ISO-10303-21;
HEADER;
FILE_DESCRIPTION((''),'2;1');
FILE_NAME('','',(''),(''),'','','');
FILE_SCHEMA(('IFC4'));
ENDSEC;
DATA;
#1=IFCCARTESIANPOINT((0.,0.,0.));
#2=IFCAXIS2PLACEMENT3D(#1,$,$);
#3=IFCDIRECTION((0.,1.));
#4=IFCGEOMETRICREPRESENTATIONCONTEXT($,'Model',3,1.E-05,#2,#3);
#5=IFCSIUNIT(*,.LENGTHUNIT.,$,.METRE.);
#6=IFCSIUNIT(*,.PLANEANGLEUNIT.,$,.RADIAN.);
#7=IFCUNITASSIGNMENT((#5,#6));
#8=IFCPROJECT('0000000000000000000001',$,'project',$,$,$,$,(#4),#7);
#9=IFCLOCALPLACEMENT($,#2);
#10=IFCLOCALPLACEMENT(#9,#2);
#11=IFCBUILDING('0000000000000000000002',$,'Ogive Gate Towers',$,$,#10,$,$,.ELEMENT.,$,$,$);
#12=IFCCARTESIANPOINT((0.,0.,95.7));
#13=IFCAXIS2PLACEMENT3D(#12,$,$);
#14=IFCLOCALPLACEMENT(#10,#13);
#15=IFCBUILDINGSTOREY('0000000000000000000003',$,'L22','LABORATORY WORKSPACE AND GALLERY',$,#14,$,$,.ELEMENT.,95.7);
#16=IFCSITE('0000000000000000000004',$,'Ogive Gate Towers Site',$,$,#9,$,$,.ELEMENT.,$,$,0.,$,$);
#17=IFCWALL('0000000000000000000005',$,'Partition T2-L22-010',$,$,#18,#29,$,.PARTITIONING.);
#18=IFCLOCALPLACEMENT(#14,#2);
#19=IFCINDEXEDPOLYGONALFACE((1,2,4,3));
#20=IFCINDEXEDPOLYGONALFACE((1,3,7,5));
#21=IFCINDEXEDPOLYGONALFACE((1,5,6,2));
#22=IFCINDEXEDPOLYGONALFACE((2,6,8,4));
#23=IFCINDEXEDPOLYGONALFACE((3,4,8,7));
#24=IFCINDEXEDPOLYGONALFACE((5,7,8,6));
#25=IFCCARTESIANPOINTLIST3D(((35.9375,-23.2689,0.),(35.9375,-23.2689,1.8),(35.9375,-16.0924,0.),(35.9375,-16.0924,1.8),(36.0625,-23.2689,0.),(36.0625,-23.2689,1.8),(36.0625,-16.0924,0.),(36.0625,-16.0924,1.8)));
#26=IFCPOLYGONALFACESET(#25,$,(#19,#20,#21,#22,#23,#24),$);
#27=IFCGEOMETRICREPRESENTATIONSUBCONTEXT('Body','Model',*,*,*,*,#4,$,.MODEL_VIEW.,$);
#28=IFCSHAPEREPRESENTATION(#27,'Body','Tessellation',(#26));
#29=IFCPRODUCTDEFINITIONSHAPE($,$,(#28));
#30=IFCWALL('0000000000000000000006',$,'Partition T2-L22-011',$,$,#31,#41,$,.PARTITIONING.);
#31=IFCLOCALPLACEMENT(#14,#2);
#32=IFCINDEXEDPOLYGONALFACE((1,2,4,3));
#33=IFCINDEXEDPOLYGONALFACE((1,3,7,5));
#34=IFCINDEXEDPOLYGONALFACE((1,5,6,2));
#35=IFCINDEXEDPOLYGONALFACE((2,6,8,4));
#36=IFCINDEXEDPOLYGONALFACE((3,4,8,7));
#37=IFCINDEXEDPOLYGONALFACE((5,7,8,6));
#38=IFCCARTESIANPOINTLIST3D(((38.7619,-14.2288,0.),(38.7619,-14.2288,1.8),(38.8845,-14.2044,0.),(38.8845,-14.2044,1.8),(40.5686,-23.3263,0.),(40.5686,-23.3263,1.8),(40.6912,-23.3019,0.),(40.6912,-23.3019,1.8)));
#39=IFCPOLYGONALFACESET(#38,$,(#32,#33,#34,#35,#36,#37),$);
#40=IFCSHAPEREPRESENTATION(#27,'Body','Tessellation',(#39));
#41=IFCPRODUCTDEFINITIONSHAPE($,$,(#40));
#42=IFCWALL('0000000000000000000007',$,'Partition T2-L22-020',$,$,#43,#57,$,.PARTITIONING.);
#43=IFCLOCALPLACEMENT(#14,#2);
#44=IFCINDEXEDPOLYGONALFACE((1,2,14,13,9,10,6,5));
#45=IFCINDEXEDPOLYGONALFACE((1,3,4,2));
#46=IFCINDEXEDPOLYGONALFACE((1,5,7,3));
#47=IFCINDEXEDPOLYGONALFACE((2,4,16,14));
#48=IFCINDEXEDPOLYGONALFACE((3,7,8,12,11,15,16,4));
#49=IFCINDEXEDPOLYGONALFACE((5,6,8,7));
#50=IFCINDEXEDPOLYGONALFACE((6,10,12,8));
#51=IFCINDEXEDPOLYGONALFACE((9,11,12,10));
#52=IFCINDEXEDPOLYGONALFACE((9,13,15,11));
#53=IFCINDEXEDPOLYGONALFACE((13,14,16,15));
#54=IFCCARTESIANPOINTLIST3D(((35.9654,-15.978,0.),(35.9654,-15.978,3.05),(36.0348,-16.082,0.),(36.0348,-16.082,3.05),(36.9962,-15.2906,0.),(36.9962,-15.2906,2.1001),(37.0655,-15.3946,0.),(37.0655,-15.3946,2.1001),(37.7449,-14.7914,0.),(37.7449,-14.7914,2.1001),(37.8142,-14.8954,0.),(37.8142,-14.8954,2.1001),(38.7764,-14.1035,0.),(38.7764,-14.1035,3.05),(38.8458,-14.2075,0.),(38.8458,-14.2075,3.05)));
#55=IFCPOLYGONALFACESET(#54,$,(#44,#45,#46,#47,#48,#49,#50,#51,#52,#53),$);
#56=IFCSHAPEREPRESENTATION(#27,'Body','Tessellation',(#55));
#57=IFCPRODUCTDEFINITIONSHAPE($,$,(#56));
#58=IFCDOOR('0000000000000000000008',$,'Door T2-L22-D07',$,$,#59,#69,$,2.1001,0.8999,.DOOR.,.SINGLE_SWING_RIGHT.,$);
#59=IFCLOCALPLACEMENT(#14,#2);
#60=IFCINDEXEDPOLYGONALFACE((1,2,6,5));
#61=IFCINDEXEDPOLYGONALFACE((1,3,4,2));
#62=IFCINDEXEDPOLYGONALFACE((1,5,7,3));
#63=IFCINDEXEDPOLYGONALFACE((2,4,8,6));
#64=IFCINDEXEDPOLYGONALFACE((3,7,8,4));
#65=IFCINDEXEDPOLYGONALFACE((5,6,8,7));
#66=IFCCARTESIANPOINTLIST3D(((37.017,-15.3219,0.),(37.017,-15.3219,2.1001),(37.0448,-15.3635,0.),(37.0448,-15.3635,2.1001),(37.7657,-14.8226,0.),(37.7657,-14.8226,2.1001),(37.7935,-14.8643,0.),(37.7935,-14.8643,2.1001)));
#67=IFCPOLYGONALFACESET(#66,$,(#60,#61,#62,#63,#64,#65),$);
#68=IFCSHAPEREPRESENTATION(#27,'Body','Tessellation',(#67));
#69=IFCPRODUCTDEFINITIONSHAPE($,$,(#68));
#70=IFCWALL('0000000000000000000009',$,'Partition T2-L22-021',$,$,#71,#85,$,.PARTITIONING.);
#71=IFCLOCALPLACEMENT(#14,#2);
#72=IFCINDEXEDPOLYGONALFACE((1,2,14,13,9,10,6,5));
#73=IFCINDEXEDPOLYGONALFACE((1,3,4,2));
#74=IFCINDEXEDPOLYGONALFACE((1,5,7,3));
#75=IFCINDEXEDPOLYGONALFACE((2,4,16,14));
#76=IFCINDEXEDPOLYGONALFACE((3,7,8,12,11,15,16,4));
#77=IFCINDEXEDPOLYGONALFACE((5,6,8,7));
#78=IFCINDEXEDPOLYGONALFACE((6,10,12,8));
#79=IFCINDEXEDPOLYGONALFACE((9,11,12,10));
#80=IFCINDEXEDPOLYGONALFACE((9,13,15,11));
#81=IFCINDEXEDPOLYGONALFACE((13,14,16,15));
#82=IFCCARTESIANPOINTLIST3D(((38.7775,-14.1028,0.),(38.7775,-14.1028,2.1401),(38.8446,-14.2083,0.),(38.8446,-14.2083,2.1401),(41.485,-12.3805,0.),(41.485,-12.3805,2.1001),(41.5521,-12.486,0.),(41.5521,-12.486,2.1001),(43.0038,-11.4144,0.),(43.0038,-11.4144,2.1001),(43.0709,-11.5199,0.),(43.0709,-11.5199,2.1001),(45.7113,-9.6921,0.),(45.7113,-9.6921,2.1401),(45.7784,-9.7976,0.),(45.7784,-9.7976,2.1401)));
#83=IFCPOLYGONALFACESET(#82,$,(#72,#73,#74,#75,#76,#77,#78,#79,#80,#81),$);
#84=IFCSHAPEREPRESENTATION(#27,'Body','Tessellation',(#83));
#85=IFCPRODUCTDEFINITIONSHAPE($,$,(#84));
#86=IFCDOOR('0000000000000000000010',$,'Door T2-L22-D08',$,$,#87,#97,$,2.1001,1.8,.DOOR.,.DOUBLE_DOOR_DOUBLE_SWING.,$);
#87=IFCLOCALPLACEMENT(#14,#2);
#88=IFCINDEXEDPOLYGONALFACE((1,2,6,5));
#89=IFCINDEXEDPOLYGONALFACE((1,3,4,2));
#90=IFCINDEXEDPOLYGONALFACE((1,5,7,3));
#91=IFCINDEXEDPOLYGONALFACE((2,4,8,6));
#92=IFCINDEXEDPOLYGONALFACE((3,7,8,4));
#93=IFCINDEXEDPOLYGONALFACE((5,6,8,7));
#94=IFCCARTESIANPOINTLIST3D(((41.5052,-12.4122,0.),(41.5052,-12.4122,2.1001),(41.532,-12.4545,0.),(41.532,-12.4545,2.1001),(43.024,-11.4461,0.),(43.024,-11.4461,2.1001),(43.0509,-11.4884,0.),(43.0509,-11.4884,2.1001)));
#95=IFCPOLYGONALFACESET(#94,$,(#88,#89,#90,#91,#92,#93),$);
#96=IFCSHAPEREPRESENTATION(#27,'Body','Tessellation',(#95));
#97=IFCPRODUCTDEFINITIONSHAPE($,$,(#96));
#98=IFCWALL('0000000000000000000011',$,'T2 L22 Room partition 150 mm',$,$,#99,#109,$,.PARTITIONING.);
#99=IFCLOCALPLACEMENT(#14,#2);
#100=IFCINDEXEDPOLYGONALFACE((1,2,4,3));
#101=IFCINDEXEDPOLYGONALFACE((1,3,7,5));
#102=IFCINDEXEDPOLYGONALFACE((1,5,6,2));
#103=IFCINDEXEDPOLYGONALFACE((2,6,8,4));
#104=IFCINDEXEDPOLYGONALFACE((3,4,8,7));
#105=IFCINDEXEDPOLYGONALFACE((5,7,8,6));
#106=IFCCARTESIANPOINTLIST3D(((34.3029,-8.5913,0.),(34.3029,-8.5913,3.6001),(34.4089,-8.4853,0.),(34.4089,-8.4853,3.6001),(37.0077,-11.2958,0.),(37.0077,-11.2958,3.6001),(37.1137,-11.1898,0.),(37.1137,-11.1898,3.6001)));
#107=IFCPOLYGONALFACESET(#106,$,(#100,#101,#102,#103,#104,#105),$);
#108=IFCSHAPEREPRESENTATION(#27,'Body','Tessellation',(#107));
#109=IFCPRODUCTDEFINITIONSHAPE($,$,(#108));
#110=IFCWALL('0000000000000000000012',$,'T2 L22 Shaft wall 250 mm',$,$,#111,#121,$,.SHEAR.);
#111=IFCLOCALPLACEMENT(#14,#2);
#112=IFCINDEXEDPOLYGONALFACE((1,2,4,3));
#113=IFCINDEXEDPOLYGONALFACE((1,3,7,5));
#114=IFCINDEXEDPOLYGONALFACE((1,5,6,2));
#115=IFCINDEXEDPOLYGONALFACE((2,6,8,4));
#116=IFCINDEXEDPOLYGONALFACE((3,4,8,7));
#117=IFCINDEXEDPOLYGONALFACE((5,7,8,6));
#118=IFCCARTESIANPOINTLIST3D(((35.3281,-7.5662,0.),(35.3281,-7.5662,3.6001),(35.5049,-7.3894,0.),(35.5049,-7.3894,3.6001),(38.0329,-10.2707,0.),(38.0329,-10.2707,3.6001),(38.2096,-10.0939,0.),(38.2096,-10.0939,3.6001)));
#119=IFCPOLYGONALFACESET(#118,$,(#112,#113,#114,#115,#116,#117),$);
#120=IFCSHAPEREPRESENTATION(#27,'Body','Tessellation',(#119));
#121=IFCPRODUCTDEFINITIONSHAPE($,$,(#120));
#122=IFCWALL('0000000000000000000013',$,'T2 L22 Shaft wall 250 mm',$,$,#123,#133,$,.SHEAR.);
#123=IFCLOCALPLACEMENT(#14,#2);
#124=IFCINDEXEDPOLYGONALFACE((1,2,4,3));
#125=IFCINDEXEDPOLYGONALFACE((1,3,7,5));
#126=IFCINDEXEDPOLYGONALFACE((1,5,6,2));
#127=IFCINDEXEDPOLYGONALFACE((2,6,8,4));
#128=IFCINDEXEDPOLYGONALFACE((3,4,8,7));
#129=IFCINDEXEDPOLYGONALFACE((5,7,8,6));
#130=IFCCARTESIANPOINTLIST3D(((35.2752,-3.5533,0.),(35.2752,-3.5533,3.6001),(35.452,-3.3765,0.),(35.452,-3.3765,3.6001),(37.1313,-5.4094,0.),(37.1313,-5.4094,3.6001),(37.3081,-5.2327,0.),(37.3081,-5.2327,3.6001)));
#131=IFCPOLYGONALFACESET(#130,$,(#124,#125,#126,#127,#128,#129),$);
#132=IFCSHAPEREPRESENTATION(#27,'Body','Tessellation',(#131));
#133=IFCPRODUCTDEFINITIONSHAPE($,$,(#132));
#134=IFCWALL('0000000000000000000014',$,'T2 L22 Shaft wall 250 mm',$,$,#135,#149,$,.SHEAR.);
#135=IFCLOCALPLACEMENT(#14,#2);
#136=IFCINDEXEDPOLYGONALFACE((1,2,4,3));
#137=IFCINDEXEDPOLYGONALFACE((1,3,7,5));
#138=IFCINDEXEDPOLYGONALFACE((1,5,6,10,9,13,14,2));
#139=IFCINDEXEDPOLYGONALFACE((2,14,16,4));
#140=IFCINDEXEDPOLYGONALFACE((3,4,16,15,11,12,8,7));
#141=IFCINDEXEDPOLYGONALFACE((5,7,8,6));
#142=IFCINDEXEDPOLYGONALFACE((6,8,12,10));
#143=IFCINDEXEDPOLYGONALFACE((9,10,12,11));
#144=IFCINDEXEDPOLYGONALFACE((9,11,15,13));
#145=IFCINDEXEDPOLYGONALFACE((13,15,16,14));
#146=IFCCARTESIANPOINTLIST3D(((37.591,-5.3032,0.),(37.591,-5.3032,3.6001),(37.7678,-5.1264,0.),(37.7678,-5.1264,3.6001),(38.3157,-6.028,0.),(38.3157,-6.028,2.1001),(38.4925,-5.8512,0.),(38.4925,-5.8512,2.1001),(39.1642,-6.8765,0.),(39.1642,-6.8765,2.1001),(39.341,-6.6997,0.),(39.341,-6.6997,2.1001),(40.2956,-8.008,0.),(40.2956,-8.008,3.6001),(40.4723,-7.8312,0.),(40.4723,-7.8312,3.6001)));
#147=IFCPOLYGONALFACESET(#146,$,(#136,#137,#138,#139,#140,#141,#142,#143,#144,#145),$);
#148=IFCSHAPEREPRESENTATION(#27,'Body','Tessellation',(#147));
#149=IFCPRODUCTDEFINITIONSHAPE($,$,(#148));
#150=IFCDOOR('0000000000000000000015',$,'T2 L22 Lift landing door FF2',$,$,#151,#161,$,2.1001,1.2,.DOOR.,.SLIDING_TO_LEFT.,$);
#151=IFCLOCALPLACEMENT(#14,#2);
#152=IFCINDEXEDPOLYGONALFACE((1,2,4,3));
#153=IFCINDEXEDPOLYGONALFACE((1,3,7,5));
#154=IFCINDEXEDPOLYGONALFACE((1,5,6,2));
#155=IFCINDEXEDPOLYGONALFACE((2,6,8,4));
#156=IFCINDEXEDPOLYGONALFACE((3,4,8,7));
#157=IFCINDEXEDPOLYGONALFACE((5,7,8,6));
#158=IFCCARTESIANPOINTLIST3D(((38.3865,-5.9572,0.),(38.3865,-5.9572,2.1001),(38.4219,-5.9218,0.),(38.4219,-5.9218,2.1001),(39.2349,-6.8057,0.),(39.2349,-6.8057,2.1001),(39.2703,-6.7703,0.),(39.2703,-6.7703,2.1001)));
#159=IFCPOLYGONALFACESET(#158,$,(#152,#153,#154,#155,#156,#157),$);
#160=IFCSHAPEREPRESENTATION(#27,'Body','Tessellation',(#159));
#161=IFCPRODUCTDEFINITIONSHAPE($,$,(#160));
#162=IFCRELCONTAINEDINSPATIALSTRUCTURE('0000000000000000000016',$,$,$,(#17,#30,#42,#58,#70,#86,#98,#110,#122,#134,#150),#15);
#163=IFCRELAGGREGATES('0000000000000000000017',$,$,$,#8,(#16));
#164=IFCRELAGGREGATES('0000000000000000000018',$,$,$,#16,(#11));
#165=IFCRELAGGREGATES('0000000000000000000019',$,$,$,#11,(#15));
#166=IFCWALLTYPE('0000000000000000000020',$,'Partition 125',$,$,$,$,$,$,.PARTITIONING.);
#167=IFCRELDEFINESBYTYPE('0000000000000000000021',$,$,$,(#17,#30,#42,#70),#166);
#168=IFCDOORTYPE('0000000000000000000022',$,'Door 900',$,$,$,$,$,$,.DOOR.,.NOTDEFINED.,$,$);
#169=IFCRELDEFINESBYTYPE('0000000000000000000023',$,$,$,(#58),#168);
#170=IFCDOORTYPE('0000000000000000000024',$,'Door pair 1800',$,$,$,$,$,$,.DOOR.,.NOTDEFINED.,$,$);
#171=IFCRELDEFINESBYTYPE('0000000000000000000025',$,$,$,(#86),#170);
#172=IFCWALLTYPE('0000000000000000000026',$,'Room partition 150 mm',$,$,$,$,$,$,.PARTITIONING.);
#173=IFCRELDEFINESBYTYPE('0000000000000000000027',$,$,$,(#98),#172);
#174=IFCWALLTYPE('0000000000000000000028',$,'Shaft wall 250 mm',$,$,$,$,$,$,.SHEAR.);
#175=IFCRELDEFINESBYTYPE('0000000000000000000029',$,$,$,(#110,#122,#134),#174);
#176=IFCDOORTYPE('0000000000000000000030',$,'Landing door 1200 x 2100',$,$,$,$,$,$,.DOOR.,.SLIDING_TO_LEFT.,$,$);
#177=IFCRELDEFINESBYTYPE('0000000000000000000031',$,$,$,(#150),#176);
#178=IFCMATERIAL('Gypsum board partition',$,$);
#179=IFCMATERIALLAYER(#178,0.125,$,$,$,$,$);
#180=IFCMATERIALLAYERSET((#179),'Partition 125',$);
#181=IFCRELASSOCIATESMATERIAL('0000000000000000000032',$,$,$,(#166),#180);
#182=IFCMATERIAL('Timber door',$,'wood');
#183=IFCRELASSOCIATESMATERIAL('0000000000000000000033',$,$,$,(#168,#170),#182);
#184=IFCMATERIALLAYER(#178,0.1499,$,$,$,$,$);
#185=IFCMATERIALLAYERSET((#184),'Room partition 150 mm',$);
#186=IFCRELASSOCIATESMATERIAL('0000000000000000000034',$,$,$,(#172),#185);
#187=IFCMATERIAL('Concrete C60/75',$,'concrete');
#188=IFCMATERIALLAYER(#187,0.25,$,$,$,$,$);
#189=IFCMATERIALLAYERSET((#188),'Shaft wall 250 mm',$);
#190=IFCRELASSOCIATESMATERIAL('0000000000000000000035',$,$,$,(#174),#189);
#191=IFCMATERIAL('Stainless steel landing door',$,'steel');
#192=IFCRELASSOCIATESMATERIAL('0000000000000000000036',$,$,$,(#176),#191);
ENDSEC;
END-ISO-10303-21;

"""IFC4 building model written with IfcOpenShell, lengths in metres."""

from ifc_helpers import new_model, si_unit, direction, frame, frame_2d, origin, place, context, subcontext, project, spatial, rectangle, extrude, material, layer, layer_set, type_object, element, fill, save


model = new_model("IFC4")

# Units and contexts
model_context = context("Model", 3, precision=1e-05, world=origin(), true_north=direction((0.0, 1.0)))
body_context = subcontext(model_context, "Body", "Model", "MODEL_VIEW")
ifc_project = project(units=[si_unit("LENGTHUNIT", "METRE"), si_unit("PLANEANGLEUNIT", "RADIAN")], contexts=[model_context])

# Site, building, storey
site_placement = place(None, origin())
site = spatial("IfcSite", under=ifc_project, at=site_placement, Name="Ogive Gate Towers Site", CompositionType="ELEMENT", RefElevation=0.0)
building_placement = place(site_placement, origin())
building = spatial("IfcBuilding", under=site, at=building_placement, Name="Ogive Gate Towers", CompositionType="ELEMENT")
storey_placement = place(building_placement, frame((0.0, 0.0, 95.7)))
storey = spatial("IfcBuildingStorey", under=building, at=storey_placement, Name="L22", Description="LABORATORY WORKSPACE AND GALLERY", CompositionType="ELEMENT", Elevation=95.7)

# Shared definitions
ifc_material_1 = material(Name="Concrete C60/75", Category="concrete")
ifc_material_2 = material(Name="Timber door", Category="wood")

# Walls
ifc_material_3 = material(Name="Gypsum board partition")
ifc_layer_1 = layer(ifc_material_3, 0.125)
ifc_layer_set_1 = layer_set([ifc_layer_1], Name="Partition 125")
wall_type_1 = type_object("IfcWallType", Name="Partition 125", PredefinedType="PARTITIONING", material=ifc_layer_set_1)
wall_1_placement = place(storey_placement, frame((36.0, -23.269, 0.0), z_axis=(0.0, 0.0, 1.0), x_axis=(0.0, 1.0, 0.0)))
element("IfcWall", 1, at=wall_1_placement, inside=storey, type_object=wall_type_1, Name="Partition T2-L22-010", PredefinedType="PARTITIONING", context=body_context, shape_type="SweptSolid", body=[
    extrude(rectangle(XDim=7.1765, YDim=0.125, at=frame_2d((3.5884, 0.0))), origin(), (0.0, 0.0, 1.0), 1.8),
])
wall_2_placement = place(storey_placement, frame((40.6299, -23.3142, 0.0), z_axis=(0.0, 0.0, 1.0), x_axis=(-0.194785, 0.980846, 0.0)))
element("IfcWall", 2, at=wall_2_placement, inside=storey, type_object=wall_type_1, Name="Partition T2-L22-011", PredefinedType="PARTITIONING", context=body_context, shape_type="SweptSolid", body=[
    extrude(rectangle(XDim=9.2751, YDim=0.125, at=frame_2d((4.6377, 0.0))), origin(), (0.0, 0.0, 1.0), 1.8),
])

# Walls, openings, doors
wall_3_placement = place(storey_placement, frame((36.0, -16.03, 0.0), z_axis=(0.0, 0.0, 1.0), x_axis=(0.831984, 0.5548, 0.0)))
wall_3 = element("IfcWall", 3, at=wall_3_placement, inside=storey, type_object=wall_type_1, Name="Partition T2-L22-020", PredefinedType="PARTITIONING", context=body_context, shape_type="SweptSolid", body=[
    extrude(rectangle(XDim=3.3787, YDim=0.125, at=frame_2d((1.6895, 0.0))), origin(), (0.0, 0.0, 1.0), 3.05),
])
opening_1_placement = place(wall_3_placement, frame((1.239, 0.0, 0.0)))
opening_1 = element("IfcOpeningElement", 4, at=opening_1_placement, cuts=wall_3, PredefinedType="OPENING", context=body_context, shape_type="SweptSolid", body=[
    extrude(rectangle(XDim=0.8999, YDim=2.1001, at=frame_2d((0.45, 1.05))), frame((0.0, 0.0725, 0.0), z_axis=(0.0, -1.0, 0.0), x_axis=(1.0, 0.0, 0.0)), (0.0, 0.0, 1.0), 0.145),
])
door_type_1 = type_object("IfcDoorType", Name="Door 900", OperationType="NOTDEFINED", PredefinedType="DOOR", material=ifc_material_2)
door_1_placement = place(opening_1_placement, origin())
door_1 = element("IfcDoor", 5, at=door_1_placement, inside=storey, type_object=door_type_1, Name="Door T2-L22-D07", OperationType="SINGLE_SWING_RIGHT", OverallHeight=2.1001, OverallWidth=0.8999, PredefinedType="DOOR", context=body_context, shape_type="SweptSolid", body=[
    extrude(rectangle(XDim=0.8999, YDim=2.1001, at=frame_2d((0.45, 1.05))), frame((0.0, 0.0249, 0.0), z_axis=(0.0, -1.0, 0.0), x_axis=(1.0, 0.0, 0.0)), (0.0, 0.0, 1.0), 0.05),
])
fill(opening_1, door_1)
wall_4_placement = place(storey_placement, frame((38.811, -14.1555, 0.0), z_axis=(0.0, 0.0, 1.0), x_axis=(0.843761, 0.53672, 0.0)))
wall_4 = element("IfcWall", 6, at=wall_4_placement, inside=storey, type_object=wall_type_1, Name="Partition T2-L22-021", PredefinedType="PARTITIONING", context=body_context, shape_type="SweptSolid", body=[
    extrude(rectangle(XDim=8.2178, YDim=0.125, at=frame_2d((4.1089, 0.0))), origin(), (0.0, 0.0, 1.0), 2.1401),
])
opening_2_placement = place(wall_4_placement, frame((3.209, 0.0, 0.0)))
opening_2 = element("IfcOpeningElement", 7, at=opening_2_placement, cuts=wall_4, PredefinedType="OPENING", context=body_context, shape_type="SweptSolid", body=[
    extrude(rectangle(XDim=1.8, YDim=2.1001, at=frame_2d((0.8999, 1.05))), frame((0.0, 0.0725, 0.0), z_axis=(0.0, -1.0, 0.0), x_axis=(1.0, 0.0, 0.0)), (0.0, 0.0, 1.0), 0.145),
])
door_type_2 = type_object("IfcDoorType", Name="Door pair 1800", OperationType="NOTDEFINED", PredefinedType="DOOR", material=ifc_material_2)
door_2_placement = place(opening_2_placement, origin())
door_2 = element("IfcDoor", 8, at=door_2_placement, inside=storey, type_object=door_type_2, Name="Door T2-L22-D08", OperationType="DOUBLE_DOOR_DOUBLE_SWING", OverallHeight=2.1001, OverallWidth=1.8, PredefinedType="DOOR", context=body_context, shape_type="SweptSolid", body=[
    extrude(rectangle(XDim=1.8, YDim=2.1001, at=frame_2d((0.8999, 1.05))), frame((0.0, 0.0249, 0.0), z_axis=(0.0, -1.0, 0.0), x_axis=(1.0, 0.0, 0.0)), (0.0, 0.0, 1.0), 0.05),
])
fill(opening_2, door_2)

# Walls
ifc_layer_2 = layer(ifc_material_3, 0.1499)
ifc_layer_set_2 = layer_set([ifc_layer_2], Name="Room partition 150 mm")
wall_type_2 = type_object("IfcWallType", Name="Room partition 150 mm", PredefinedType="PARTITIONING", material=ifc_layer_set_2)
wall_5_placement = place(storey_placement, frame((37.0608, -11.2429, 0.0), z_axis=(0.0, 0.0, 1.0), x_axis=(-0.707139, 0.707075, 0.0)))
element("IfcWall", 9, at=wall_5_placement, inside=storey, type_object=wall_type_2, Name="T2 L22 Room partition 150 mm", PredefinedType="PARTITIONING", context=body_context, shape_type="SweptSolid", body=[
    extrude(rectangle(XDim=3.825, YDim=0.1499, at=frame_2d((1.9126, 0.0))), origin(), (0.0, 0.0, 1.0), 3.6001),
])
ifc_layer_3 = layer(ifc_material_1, 0.25)
ifc_layer_set_3 = layer_set([ifc_layer_3], Name="Shaft wall 250 mm")
wall_type_3 = type_object("IfcWallType", Name="Shaft wall 250 mm", PredefinedType="SHEAR", material=ifc_layer_set_3)
wall_6_placement = place(storey_placement, frame((38.1213, -10.1824, 0.0), z_axis=(0.0, 0.0, 1.0), x_axis=(-0.707139, 0.707075, 0.0)))
element("IfcWall", 10, at=wall_6_placement, inside=storey, type_object=wall_type_3, Name="T2 L22 Shaft wall 250 mm", PredefinedType="SHEAR", context=body_context, shape_type="SweptSolid", body=[
    extrude(rectangle(XDim=3.825, YDim=0.25, at=frame_2d((1.9126, 0.0))), origin(), (0.0, 0.0, 1.0), 3.6001),
])
wall_7_placement = place(storey_placement, frame((37.2197, -5.321, 0.0), z_axis=(0.0, 0.0, 1.0), x_axis=(-0.707107, 0.707107, 0.0)))
element("IfcWall", 11, at=wall_7_placement, inside=storey, type_object=wall_type_3, Name="T2 L22 Shaft wall 250 mm", PredefinedType="SHEAR", context=body_context, shape_type="SweptSolid", body=[
    extrude(rectangle(XDim=2.625, YDim=0.25, at=frame_2d((1.3125, 0.0))), origin(), (0.0, 0.0, 1.0), 3.6001),
])

# Wall, opening, door
wall_8_placement = place(storey_placement, frame((40.384, -7.9197, 0.0), z_axis=(0.0, 0.0, 1.0), x_axis=(-0.707075, 0.707139, 0.0)))
wall_8 = element("IfcWall", 12, at=wall_8_placement, inside=storey, type_object=wall_type_3, Name="T2 L22 Shaft wall 250 mm", PredefinedType="SHEAR", context=body_context, shape_type="SweptSolid", body=[
    extrude(rectangle(XDim=3.825, YDim=0.25, at=frame_2d((1.9126, 0.0))), origin(), (0.0, 0.0, 1.0), 3.6001),
])
opening_3_placement = place(wall_8_placement, frame((1.6001, 0.0, 0.0)))
opening_3 = element("IfcOpeningElement", 13, at=opening_3_placement, cuts=wall_8, PredefinedType="OPENING", context=body_context, shape_type="SweptSolid", body=[
    extrude(rectangle(XDim=1.2, YDim=2.1001, at=frame_2d((0.6001, 1.05))), frame((0.0, 0.135, 0.0), z_axis=(0.0, -1.0, 0.0), x_axis=(1.0, 0.0, 0.0)), (0.0, 0.0, 1.0), 0.27),
])
ifc_material_4 = material(Name="Stainless steel landing door", Category="steel")
door_type_3 = type_object("IfcDoorType", Name="Landing door 1200 x 2100", OperationType="SLIDING_TO_LEFT", PredefinedType="DOOR", material=ifc_material_4)
door_3_placement = place(opening_3_placement, origin())
door_3 = element("IfcDoor", 14, at=door_3_placement, inside=storey, type_object=door_type_3, Name="T2 L22 Lift landing door FF2", OperationType="SLIDING_TO_LEFT", OverallHeight=2.1001, OverallWidth=1.2, PredefinedType="DOOR", context=body_context, shape_type="SweptSolid", body=[
    extrude(rectangle(XDim=1.2, YDim=2.1001, at=frame_2d((0.6001, 1.05))), frame((0.0, 0.0249, 0.0), z_axis=(0.0, -1.0, 0.0), x_axis=(1.0, 0.0, 0.0)), (0.0, 0.0, 1.0), 0.05),
])
fill(opening_3, door_3)

save(model, "model.ifc")
